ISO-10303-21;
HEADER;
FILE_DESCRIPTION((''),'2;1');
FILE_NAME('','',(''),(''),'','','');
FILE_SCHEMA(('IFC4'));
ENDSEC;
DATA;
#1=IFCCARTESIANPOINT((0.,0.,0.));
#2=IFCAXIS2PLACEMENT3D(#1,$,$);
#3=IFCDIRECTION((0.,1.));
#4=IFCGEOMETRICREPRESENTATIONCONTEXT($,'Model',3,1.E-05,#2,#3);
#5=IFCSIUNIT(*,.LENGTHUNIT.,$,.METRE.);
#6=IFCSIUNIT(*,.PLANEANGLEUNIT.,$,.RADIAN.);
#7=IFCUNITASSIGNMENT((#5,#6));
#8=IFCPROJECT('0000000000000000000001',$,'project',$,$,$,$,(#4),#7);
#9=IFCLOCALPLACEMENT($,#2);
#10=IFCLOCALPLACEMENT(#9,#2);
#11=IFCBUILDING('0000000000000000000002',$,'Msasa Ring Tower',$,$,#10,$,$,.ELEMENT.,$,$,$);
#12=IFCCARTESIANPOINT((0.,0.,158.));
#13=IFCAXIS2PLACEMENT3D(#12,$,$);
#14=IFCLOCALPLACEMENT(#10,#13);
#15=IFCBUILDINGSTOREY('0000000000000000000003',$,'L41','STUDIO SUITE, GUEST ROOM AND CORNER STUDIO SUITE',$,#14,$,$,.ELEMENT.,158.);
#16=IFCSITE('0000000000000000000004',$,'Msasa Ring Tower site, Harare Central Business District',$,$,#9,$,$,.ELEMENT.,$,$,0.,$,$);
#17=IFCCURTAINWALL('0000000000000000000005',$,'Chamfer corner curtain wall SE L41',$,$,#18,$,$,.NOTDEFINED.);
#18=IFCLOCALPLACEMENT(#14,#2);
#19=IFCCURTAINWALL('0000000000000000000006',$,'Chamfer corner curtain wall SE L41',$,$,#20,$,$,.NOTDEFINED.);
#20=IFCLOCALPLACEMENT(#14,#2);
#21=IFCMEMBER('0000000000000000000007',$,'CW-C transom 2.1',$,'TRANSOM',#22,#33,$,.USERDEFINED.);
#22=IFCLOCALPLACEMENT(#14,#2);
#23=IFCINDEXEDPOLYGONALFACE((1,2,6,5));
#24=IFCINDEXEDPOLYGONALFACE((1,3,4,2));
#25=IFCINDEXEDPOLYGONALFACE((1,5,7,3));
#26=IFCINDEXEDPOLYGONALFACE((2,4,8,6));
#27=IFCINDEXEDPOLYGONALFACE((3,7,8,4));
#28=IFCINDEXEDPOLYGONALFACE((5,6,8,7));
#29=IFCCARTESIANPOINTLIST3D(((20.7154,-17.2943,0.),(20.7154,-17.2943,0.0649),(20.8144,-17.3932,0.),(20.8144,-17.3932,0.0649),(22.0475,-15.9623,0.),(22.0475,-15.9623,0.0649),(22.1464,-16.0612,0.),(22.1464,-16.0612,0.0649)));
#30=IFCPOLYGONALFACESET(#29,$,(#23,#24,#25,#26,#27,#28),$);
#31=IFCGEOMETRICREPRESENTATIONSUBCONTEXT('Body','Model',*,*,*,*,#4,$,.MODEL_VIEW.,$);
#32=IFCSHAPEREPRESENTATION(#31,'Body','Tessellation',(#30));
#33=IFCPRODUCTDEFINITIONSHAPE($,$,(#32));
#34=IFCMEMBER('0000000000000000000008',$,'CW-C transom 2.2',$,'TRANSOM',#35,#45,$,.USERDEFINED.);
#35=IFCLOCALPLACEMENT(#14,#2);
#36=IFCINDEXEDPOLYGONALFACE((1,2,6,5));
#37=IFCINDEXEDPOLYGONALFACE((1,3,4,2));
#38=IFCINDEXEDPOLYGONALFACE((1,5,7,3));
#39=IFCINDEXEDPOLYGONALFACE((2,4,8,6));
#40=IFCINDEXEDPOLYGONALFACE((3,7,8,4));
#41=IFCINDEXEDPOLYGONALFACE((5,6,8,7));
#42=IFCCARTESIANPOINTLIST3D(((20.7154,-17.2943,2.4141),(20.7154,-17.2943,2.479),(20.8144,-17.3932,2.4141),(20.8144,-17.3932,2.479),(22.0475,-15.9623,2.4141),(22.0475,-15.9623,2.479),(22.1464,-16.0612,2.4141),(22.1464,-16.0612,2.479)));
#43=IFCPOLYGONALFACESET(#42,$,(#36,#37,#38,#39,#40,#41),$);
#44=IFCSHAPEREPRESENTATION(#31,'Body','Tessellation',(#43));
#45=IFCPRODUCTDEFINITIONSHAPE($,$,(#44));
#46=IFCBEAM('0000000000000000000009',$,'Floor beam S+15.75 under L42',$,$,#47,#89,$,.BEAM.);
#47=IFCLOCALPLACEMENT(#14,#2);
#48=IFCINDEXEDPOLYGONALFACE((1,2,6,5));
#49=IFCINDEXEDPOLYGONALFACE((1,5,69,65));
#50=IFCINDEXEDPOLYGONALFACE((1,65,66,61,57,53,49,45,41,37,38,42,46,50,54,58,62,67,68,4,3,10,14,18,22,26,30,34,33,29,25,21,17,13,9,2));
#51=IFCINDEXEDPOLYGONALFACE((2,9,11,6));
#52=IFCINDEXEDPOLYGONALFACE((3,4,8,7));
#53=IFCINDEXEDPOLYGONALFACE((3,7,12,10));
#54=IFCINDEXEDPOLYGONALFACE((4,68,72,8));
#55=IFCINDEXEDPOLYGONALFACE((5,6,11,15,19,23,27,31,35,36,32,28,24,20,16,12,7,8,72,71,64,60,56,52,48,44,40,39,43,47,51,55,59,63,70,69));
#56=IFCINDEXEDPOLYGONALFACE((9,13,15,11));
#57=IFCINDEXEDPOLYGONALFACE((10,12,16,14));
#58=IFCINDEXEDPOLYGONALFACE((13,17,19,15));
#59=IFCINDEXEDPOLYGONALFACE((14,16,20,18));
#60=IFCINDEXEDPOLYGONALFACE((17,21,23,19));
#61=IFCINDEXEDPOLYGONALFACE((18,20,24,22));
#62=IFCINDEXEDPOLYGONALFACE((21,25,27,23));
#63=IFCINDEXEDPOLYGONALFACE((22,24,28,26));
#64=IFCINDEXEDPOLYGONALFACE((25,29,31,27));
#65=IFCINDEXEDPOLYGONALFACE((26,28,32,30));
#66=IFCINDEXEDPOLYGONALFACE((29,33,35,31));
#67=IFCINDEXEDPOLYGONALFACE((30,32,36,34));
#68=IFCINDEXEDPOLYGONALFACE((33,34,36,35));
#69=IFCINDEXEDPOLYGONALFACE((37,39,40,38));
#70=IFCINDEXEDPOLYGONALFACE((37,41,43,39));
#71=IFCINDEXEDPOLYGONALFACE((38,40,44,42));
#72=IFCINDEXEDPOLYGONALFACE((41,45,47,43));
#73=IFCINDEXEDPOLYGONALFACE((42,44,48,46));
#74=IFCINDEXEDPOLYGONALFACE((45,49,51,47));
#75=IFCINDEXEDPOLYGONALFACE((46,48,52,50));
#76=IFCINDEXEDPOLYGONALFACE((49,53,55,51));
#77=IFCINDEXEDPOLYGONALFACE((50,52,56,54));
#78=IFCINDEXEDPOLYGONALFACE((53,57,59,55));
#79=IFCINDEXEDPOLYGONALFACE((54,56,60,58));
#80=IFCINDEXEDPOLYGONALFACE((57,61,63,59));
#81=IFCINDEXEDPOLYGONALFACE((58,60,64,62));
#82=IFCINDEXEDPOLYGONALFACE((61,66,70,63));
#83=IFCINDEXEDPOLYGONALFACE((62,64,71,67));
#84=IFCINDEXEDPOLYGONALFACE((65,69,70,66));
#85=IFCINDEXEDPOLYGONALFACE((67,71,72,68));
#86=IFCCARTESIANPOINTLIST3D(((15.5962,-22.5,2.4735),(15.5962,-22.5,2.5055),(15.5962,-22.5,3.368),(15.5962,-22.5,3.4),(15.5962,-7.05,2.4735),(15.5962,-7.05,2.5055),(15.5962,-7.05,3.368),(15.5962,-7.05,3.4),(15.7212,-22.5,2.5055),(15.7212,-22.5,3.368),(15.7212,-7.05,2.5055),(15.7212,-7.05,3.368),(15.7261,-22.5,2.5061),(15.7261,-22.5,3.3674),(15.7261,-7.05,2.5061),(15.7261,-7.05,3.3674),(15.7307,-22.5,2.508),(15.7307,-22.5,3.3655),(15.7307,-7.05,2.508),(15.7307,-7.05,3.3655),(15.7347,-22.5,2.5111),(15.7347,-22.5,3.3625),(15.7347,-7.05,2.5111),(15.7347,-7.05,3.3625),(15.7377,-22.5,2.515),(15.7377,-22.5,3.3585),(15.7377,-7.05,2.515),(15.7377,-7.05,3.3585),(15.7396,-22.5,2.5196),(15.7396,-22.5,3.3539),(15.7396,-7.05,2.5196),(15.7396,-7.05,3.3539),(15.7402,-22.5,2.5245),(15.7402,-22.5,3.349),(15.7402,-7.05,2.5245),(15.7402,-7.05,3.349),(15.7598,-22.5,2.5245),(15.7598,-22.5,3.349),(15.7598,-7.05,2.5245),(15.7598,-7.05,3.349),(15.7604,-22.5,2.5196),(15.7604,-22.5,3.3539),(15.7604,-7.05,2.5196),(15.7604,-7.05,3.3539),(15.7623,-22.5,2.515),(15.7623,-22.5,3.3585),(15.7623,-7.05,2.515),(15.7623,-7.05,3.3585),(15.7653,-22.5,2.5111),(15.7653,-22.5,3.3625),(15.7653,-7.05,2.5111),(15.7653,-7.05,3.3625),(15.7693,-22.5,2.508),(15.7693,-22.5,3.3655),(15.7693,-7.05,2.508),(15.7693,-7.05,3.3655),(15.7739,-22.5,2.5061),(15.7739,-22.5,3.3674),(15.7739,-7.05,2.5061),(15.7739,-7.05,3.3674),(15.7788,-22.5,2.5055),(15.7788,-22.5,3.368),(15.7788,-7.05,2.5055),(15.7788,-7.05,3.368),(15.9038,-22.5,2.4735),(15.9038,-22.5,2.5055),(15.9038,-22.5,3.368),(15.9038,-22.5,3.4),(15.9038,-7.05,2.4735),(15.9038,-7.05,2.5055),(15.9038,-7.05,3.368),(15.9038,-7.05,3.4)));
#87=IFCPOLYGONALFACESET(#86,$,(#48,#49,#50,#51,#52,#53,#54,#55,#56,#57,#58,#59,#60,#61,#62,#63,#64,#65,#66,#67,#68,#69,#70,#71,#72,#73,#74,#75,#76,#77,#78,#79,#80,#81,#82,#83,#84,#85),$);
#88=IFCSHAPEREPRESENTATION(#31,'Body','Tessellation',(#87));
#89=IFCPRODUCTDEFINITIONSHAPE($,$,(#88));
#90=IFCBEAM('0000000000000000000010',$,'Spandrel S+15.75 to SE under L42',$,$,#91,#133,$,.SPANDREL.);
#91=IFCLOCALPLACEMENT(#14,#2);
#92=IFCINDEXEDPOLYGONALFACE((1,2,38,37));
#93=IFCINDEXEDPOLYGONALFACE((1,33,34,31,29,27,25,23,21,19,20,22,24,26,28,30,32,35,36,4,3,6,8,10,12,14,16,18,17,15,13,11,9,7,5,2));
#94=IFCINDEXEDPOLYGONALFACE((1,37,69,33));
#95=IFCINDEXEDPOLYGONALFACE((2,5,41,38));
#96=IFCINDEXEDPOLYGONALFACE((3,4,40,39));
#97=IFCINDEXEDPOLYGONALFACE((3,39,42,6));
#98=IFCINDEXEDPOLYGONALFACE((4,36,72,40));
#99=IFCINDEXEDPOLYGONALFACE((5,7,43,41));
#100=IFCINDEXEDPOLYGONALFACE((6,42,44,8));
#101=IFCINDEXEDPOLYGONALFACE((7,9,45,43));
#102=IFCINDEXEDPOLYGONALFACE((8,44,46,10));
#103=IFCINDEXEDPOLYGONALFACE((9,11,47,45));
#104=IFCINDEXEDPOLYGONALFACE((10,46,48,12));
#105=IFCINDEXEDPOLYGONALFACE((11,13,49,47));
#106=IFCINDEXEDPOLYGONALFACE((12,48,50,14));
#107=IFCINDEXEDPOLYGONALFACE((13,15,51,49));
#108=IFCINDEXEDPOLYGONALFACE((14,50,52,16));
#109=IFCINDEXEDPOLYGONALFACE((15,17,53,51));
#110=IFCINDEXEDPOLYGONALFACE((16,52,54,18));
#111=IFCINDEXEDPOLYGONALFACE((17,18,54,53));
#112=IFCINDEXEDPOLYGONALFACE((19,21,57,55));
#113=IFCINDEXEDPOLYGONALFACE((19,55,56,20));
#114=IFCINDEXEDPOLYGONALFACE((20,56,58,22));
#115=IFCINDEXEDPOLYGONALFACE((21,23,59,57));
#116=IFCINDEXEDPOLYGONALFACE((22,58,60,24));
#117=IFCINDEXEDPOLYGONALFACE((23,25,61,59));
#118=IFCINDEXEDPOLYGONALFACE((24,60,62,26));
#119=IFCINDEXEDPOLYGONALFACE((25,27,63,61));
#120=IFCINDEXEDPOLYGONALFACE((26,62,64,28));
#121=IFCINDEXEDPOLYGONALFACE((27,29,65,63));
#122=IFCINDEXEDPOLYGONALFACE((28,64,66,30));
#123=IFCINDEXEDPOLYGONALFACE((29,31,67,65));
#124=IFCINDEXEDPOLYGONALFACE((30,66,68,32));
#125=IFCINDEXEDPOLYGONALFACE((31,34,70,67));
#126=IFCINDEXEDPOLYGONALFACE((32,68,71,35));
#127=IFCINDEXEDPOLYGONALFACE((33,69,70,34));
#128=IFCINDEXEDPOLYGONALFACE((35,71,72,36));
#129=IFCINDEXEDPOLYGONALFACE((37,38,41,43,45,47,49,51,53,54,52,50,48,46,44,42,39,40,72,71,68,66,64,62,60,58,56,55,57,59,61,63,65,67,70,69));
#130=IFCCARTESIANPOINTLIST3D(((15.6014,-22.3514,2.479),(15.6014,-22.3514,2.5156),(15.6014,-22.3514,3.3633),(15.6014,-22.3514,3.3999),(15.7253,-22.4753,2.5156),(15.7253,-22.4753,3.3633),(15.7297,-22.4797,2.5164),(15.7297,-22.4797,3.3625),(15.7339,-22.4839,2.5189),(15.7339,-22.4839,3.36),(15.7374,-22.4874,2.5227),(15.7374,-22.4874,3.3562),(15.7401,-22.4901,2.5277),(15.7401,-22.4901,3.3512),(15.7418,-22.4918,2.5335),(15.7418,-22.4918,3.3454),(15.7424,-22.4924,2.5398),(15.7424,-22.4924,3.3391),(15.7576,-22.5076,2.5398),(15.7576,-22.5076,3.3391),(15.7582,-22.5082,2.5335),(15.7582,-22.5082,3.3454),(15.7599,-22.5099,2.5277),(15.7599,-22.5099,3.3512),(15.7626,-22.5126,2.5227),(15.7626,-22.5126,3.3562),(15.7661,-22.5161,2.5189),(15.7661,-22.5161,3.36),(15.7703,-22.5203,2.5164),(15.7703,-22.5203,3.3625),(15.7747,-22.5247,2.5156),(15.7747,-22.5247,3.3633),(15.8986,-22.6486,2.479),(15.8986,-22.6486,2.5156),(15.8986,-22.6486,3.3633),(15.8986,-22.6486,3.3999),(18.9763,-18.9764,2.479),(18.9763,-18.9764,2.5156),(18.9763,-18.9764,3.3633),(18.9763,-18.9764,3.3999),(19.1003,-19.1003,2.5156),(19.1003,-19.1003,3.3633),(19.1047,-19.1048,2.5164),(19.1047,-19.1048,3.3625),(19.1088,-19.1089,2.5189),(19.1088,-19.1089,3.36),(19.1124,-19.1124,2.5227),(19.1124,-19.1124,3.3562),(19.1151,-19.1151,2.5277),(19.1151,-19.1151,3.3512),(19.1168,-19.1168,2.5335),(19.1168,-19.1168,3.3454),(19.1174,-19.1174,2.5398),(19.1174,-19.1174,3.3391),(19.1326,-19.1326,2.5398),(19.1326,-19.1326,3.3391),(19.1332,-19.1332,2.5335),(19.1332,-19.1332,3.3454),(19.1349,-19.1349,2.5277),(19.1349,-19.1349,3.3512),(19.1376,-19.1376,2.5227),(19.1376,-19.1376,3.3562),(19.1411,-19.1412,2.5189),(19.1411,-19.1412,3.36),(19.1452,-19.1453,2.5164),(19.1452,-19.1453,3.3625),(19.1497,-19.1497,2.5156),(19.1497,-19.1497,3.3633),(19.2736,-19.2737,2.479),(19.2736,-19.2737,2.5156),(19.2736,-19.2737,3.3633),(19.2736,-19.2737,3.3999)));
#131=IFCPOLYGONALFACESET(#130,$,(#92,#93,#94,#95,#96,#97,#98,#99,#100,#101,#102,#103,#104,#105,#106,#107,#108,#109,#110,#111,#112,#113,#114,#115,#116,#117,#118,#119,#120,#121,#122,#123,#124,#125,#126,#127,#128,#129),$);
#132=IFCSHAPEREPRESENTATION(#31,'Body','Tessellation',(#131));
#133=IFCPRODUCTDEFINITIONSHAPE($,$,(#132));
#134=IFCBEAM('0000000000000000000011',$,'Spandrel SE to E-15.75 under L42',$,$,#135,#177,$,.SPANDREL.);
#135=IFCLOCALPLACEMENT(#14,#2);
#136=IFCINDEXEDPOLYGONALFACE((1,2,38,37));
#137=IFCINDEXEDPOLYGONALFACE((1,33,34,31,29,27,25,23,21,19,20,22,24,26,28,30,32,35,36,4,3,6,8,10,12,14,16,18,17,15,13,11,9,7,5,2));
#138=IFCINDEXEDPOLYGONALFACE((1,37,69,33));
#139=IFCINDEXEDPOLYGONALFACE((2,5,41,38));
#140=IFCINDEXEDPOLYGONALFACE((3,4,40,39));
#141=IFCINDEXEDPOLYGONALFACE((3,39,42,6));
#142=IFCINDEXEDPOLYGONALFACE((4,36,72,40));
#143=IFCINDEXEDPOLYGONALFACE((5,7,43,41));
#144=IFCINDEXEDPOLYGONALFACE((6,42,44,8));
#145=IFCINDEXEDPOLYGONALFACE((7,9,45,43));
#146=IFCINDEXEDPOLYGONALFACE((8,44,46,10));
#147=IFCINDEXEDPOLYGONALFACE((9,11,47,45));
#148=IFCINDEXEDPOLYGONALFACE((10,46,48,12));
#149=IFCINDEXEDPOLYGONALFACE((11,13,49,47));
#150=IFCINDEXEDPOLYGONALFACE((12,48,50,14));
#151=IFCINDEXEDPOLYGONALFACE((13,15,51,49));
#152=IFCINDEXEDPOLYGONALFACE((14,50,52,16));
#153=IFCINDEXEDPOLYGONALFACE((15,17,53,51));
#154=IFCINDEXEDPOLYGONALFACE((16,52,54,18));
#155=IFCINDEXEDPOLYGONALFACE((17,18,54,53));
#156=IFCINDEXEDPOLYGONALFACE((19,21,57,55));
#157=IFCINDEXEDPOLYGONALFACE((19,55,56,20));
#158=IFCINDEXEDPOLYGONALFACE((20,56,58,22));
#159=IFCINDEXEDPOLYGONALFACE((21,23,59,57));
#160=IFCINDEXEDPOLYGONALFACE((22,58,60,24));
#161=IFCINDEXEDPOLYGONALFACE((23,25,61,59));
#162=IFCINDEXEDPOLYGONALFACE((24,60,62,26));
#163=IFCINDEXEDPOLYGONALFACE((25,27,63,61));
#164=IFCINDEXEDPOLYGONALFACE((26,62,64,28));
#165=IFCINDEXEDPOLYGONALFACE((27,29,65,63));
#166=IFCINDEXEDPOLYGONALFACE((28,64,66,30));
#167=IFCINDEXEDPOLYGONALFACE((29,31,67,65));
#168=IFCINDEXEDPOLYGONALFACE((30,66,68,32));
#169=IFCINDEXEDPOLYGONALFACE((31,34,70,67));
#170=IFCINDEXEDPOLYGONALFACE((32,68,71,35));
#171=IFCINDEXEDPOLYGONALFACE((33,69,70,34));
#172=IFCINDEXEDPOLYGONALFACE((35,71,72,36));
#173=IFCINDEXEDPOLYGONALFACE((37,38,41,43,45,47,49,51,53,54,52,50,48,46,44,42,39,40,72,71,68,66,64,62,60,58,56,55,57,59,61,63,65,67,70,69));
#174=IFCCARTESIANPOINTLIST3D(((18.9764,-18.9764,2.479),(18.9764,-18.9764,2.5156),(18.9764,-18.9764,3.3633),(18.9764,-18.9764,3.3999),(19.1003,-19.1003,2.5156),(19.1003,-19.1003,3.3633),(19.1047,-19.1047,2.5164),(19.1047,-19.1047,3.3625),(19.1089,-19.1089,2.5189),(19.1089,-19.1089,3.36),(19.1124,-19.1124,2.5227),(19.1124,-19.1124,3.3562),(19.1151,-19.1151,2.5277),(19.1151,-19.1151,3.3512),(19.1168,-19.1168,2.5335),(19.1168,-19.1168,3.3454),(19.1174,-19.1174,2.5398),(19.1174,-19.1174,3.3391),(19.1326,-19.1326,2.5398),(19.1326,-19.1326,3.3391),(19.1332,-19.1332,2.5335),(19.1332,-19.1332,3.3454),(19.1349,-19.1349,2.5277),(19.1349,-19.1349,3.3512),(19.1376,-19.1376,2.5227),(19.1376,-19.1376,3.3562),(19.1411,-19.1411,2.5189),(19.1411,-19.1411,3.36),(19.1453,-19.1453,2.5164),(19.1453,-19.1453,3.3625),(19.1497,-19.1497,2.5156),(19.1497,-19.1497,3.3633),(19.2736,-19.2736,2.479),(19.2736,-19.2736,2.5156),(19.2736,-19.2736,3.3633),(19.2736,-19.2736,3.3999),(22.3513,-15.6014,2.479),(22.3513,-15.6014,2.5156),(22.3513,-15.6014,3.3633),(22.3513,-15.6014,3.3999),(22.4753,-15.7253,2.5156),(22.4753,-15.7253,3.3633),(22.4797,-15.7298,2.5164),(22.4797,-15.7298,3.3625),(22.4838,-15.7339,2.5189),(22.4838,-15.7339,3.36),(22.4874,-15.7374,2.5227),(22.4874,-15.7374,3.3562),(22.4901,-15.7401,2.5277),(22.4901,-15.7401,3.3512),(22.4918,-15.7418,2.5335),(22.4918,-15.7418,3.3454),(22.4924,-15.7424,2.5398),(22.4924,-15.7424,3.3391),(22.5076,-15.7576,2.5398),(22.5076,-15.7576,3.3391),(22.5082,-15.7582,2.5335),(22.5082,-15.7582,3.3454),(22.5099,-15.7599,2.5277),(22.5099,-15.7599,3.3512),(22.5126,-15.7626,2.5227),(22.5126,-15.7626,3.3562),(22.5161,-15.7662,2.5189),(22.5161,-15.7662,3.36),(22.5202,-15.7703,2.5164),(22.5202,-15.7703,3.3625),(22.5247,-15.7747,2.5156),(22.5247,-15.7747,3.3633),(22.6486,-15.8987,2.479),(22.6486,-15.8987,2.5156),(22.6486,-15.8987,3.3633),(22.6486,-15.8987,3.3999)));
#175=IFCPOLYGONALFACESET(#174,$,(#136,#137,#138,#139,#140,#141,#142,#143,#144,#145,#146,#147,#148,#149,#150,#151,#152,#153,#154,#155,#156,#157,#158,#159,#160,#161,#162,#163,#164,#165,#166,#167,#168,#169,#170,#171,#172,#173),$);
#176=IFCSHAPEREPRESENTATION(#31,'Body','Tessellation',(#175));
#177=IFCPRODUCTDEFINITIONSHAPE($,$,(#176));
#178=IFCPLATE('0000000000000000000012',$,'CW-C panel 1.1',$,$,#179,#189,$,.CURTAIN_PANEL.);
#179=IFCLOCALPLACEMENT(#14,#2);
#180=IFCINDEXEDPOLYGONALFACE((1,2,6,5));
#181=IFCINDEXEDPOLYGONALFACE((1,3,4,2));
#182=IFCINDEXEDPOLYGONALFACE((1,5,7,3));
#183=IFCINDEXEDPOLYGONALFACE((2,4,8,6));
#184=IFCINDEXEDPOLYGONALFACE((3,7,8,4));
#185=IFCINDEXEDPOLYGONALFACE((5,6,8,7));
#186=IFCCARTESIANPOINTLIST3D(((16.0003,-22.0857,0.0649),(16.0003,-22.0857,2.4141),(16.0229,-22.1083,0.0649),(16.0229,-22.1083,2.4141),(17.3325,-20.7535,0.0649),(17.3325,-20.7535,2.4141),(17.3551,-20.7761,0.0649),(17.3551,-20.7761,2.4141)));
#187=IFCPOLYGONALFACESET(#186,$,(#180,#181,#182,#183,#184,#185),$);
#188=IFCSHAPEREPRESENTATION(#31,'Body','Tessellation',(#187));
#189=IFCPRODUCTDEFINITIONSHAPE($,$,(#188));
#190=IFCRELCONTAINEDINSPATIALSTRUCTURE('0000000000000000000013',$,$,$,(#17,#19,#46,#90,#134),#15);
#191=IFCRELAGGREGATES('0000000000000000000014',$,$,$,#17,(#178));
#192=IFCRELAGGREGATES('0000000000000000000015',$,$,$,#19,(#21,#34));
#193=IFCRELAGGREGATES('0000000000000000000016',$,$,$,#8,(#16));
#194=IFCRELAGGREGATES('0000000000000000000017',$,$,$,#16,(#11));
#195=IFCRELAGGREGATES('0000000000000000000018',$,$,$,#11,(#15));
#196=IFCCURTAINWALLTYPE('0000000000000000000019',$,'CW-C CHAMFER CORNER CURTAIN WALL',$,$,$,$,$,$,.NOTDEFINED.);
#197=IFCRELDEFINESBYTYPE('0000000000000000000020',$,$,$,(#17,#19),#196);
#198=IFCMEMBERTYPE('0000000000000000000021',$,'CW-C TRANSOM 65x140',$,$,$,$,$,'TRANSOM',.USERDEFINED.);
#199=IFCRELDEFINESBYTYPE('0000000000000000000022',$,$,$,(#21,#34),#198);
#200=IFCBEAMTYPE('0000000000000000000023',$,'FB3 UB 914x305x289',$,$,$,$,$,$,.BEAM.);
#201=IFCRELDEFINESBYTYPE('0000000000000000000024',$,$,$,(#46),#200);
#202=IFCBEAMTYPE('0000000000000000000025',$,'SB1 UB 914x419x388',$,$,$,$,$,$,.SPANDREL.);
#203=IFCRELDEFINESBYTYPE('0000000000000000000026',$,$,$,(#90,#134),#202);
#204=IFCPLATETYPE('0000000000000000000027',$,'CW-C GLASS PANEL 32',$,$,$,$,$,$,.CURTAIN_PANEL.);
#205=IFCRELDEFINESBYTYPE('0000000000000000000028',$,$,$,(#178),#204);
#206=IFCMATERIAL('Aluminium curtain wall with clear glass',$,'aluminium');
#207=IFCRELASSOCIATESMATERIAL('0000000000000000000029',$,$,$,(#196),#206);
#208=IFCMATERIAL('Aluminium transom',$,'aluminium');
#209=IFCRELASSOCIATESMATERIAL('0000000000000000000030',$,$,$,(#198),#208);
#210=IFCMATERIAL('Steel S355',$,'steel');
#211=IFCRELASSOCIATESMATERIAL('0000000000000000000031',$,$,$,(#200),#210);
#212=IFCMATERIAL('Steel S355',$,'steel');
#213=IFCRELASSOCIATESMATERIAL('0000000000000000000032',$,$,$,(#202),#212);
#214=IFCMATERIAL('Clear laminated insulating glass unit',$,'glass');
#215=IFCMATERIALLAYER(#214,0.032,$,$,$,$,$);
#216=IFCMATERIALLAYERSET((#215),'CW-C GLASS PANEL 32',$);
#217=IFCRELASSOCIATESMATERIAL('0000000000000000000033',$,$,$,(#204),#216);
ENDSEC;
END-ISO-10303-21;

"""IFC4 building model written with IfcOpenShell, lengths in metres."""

from ifc_helpers import new_model, si_unit, direction, frame, origin, origin_2d, place, context, subcontext, project, spatial, rectangle, i_section, extrude, material, layer, layer_set, material_profile, profile_set, type_object, element, aggregate, save


model = new_model("IFC4")

# Units and contexts
model_context = context("Model", 3, precision=1e-05, world=origin(), true_north=direction((0.0, 1.0)))
body_context = subcontext(model_context, "Body", "Model", "MODEL_VIEW")
ifc_project = project(units=[si_unit("LENGTHUNIT", "METRE"), si_unit("PLANEANGLEUNIT", "RADIAN")], contexts=[model_context])

# Site, building, storey
site_placement = place(None, origin())
site = spatial("IfcSite", under=ifc_project, at=site_placement, Name="Msasa Ring Tower site, Harare Central Business District", CompositionType="ELEMENT", RefElevation=0.0)
building_placement = place(site_placement, origin())
building = spatial("IfcBuilding", under=site, at=building_placement, Name="Msasa Ring Tower", CompositionType="ELEMENT")
storey_placement = place(building_placement, frame((0.0, 0.0, 158.0)))
storey = spatial("IfcBuildingStorey", under=building, at=storey_placement, Name="L41", Description="STUDIO SUITE, GUEST ROOM AND CORNER STUDIO SUITE", CompositionType="ELEMENT", Elevation=158.0)

# Curtain walls
ifc_material_1 = material(Name="Aluminium curtain wall with clear glass", Category="aluminium")
curtain_wall_type = type_object("IfcCurtainWallType", Name="CW-C CHAMFER CORNER CURTAIN WALL", PredefinedType="NOTDEFINED", material=ifc_material_1)
curtain_wall_1_placement = place(storey_placement, origin())
curtain_wall_1 = element("IfcCurtainWall", 1, at=curtain_wall_1_placement, inside=storey, type_object=curtain_wall_type, Name="Chamfer corner curtain wall SE L41", PredefinedType="NOTDEFINED")
curtain_wall_2_placement = place(storey_placement, origin())
curtain_wall_2 = element("IfcCurtainWall", 2, at=curtain_wall_2_placement, inside=storey, type_object=curtain_wall_type, Name="Chamfer corner curtain wall SE L41", PredefinedType="NOTDEFINED")

# Members
ifc_material_2 = material(Name="Aluminium transom", Category="aluminium")
ifc_material_profile_1 = material_profile(ifc_material_2, rectangle(XDim=0.1399, YDim=0.0649, at=origin_2d()), Name="AL 65x140")
ifc_profile_set_1 = profile_set([ifc_material_profile_1], Name="Aluminium transom")
member_type_1 = type_object("IfcMemberType", Name="CW-C TRANSOM 65x140", ElementType="TRANSOM", PredefinedType="USERDEFINED", material=ifc_profile_set_1)
member_1_placement = place(storey_placement, frame((20.7649, -17.3438, 0.0325), z_axis=(0.707107, 0.707107, 0.0), x_axis=(-0.707107, 0.707107, 0.0)))
member_1 = element("IfcMember", 3, at=member_1_placement, type_object=member_type_1, Name="CW-C transom 2.1", ObjectType="TRANSOM", PredefinedType="USERDEFINED", context=body_context, shape_type="SweptSolid", body=[
    extrude(rectangle(XDim=0.1399, YDim=0.0649, at=origin_2d()), origin(), (0.0, 0.0, 1.0), 1.8838),
])
member_2_placement = place(storey_placement, frame((20.7649, -17.3438, 2.4465), z_axis=(0.707107, 0.707107, 0.0), x_axis=(-0.707107, 0.707107, 0.0)))
member_2 = element("IfcMember", 4, at=member_2_placement, type_object=member_type_1, Name="CW-C transom 2.2", ObjectType="TRANSOM", PredefinedType="USERDEFINED", context=body_context, shape_type="SweptSolid", body=[
    extrude(rectangle(XDim=0.1399, YDim=0.0649, at=origin_2d()), origin(), (0.0, 0.0, 1.0), 1.8838),
])

# Beams
ifc_material_3 = material(Name="Steel S355", Category="steel")
ifc_material_profile_2 = material_profile(ifc_material_3, i_section(OverallWidth=0.3076, OverallDepth=0.9265, WebThickness=0.0195, FlangeThickness=0.032, FilletRadius=0.019, at=origin_2d()), Name="UB 914x305x289")
ifc_profile_set_2 = profile_set([ifc_material_profile_2], Name="Steel S355")
beam_type_1 = type_object("IfcBeamType", Name="FB3 UB 914x305x289", PredefinedType="BEAM", material=ifc_profile_set_2)
beam_placement = place(storey_placement, frame((15.75, -22.5, 2.9368), z_axis=(0.0, 1.0, 0.0), x_axis=(-1.0, 0.0, 0.0)))
element("IfcBeam", 5, at=beam_placement, inside=storey, type_object=beam_type_1, Name="Floor beam S+15.75 under L42", PredefinedType="BEAM", context=body_context, shape_type="SweptSolid", body=[
    extrude(i_section(OverallWidth=0.3076, OverallDepth=0.9265, WebThickness=0.0195, FlangeThickness=0.032, FilletRadius=0.019, at=origin_2d()), origin(), (0.0, 0.0, 1.0), 15.45),
])
ifc_material_4 = material(Name="Steel S355", Category="steel")
ifc_material_profile_3 = material_profile(ifc_material_4, i_section(OverallWidth=0.4204, OverallDepth=0.9209, WebThickness=0.0215, FlangeThickness=0.0366, FilletRadius=0.0242, at=origin_2d()), Name="UB 914x419x388")
ifc_profile_set_3 = profile_set([ifc_material_profile_3], Name="Steel S355")
beam_type_2 = type_object("IfcBeamType", Name="SB1 UB 914x419x388", PredefinedType="SPANDREL", material=ifc_profile_set_3)
for number, where, z_axis, x_axis, name in (
    (6, (15.75, -22.5, 2.9395), (0.707107, 0.707107, 0.0), (-0.707107, 0.707107, 0.0), "Spandrel S+15.75 to SE under L42"),
    (7, (19.125, -19.125, 2.9395), (0.707107, 0.707107, 0.0), (-0.707107, 0.707107, 0.0), "Spandrel SE to E-15.75 under L42"),
):
    element("IfcBeam", number, at=place(storey_placement, frame(where, z_axis=z_axis, x_axis=x_axis)), inside=storey, type_object=beam_type_2, Name=name, PredefinedType="SPANDREL", context=body_context, shape_type="SweptSolid", body=[
        extrude(i_section(OverallWidth=0.4204, OverallDepth=0.9209, WebThickness=0.0215, FlangeThickness=0.0366, FilletRadius=0.0242, at=origin_2d()), origin(), (0.0, 0.0, 1.0), 4.7729),
    ])

# Plate
ifc_material_5 = material(Name="Clear laminated insulating glass unit", Category="glass")
ifc_layer_1 = layer(ifc_material_5, 0.032)
ifc_layer_set_1 = layer_set([ifc_layer_1], Name="CW-C GLASS PANEL 32")
plate_type = type_object("IfcPlateType", Name="CW-C GLASS PANEL 32", PredefinedType="CURTAIN_PANEL", material=ifc_layer_set_1)
plate_1_placement = place(storey_placement, frame((16.6777, -21.4309, 0.0649), z_axis=(0.0, 0.0, 1.0), x_axis=(0.707107, 0.707107, 0.0)))
plate_1 = element("IfcPlate", 8, at=plate_1_placement, type_object=plate_type, Name="CW-C panel 1.1", PredefinedType="CURTAIN_PANEL", context=body_context, shape_type="SweptSolid", body=[
    extrude(rectangle(XDim=1.884, YDim=0.032, at=origin_2d()), origin(), (0.0, 0.0, 1.0), 2.3491),
])
aggregate(curtain_wall_1, [plate_1])
aggregate(curtain_wall_2, [member_1, member_2])

save(model, "model.ifc")
